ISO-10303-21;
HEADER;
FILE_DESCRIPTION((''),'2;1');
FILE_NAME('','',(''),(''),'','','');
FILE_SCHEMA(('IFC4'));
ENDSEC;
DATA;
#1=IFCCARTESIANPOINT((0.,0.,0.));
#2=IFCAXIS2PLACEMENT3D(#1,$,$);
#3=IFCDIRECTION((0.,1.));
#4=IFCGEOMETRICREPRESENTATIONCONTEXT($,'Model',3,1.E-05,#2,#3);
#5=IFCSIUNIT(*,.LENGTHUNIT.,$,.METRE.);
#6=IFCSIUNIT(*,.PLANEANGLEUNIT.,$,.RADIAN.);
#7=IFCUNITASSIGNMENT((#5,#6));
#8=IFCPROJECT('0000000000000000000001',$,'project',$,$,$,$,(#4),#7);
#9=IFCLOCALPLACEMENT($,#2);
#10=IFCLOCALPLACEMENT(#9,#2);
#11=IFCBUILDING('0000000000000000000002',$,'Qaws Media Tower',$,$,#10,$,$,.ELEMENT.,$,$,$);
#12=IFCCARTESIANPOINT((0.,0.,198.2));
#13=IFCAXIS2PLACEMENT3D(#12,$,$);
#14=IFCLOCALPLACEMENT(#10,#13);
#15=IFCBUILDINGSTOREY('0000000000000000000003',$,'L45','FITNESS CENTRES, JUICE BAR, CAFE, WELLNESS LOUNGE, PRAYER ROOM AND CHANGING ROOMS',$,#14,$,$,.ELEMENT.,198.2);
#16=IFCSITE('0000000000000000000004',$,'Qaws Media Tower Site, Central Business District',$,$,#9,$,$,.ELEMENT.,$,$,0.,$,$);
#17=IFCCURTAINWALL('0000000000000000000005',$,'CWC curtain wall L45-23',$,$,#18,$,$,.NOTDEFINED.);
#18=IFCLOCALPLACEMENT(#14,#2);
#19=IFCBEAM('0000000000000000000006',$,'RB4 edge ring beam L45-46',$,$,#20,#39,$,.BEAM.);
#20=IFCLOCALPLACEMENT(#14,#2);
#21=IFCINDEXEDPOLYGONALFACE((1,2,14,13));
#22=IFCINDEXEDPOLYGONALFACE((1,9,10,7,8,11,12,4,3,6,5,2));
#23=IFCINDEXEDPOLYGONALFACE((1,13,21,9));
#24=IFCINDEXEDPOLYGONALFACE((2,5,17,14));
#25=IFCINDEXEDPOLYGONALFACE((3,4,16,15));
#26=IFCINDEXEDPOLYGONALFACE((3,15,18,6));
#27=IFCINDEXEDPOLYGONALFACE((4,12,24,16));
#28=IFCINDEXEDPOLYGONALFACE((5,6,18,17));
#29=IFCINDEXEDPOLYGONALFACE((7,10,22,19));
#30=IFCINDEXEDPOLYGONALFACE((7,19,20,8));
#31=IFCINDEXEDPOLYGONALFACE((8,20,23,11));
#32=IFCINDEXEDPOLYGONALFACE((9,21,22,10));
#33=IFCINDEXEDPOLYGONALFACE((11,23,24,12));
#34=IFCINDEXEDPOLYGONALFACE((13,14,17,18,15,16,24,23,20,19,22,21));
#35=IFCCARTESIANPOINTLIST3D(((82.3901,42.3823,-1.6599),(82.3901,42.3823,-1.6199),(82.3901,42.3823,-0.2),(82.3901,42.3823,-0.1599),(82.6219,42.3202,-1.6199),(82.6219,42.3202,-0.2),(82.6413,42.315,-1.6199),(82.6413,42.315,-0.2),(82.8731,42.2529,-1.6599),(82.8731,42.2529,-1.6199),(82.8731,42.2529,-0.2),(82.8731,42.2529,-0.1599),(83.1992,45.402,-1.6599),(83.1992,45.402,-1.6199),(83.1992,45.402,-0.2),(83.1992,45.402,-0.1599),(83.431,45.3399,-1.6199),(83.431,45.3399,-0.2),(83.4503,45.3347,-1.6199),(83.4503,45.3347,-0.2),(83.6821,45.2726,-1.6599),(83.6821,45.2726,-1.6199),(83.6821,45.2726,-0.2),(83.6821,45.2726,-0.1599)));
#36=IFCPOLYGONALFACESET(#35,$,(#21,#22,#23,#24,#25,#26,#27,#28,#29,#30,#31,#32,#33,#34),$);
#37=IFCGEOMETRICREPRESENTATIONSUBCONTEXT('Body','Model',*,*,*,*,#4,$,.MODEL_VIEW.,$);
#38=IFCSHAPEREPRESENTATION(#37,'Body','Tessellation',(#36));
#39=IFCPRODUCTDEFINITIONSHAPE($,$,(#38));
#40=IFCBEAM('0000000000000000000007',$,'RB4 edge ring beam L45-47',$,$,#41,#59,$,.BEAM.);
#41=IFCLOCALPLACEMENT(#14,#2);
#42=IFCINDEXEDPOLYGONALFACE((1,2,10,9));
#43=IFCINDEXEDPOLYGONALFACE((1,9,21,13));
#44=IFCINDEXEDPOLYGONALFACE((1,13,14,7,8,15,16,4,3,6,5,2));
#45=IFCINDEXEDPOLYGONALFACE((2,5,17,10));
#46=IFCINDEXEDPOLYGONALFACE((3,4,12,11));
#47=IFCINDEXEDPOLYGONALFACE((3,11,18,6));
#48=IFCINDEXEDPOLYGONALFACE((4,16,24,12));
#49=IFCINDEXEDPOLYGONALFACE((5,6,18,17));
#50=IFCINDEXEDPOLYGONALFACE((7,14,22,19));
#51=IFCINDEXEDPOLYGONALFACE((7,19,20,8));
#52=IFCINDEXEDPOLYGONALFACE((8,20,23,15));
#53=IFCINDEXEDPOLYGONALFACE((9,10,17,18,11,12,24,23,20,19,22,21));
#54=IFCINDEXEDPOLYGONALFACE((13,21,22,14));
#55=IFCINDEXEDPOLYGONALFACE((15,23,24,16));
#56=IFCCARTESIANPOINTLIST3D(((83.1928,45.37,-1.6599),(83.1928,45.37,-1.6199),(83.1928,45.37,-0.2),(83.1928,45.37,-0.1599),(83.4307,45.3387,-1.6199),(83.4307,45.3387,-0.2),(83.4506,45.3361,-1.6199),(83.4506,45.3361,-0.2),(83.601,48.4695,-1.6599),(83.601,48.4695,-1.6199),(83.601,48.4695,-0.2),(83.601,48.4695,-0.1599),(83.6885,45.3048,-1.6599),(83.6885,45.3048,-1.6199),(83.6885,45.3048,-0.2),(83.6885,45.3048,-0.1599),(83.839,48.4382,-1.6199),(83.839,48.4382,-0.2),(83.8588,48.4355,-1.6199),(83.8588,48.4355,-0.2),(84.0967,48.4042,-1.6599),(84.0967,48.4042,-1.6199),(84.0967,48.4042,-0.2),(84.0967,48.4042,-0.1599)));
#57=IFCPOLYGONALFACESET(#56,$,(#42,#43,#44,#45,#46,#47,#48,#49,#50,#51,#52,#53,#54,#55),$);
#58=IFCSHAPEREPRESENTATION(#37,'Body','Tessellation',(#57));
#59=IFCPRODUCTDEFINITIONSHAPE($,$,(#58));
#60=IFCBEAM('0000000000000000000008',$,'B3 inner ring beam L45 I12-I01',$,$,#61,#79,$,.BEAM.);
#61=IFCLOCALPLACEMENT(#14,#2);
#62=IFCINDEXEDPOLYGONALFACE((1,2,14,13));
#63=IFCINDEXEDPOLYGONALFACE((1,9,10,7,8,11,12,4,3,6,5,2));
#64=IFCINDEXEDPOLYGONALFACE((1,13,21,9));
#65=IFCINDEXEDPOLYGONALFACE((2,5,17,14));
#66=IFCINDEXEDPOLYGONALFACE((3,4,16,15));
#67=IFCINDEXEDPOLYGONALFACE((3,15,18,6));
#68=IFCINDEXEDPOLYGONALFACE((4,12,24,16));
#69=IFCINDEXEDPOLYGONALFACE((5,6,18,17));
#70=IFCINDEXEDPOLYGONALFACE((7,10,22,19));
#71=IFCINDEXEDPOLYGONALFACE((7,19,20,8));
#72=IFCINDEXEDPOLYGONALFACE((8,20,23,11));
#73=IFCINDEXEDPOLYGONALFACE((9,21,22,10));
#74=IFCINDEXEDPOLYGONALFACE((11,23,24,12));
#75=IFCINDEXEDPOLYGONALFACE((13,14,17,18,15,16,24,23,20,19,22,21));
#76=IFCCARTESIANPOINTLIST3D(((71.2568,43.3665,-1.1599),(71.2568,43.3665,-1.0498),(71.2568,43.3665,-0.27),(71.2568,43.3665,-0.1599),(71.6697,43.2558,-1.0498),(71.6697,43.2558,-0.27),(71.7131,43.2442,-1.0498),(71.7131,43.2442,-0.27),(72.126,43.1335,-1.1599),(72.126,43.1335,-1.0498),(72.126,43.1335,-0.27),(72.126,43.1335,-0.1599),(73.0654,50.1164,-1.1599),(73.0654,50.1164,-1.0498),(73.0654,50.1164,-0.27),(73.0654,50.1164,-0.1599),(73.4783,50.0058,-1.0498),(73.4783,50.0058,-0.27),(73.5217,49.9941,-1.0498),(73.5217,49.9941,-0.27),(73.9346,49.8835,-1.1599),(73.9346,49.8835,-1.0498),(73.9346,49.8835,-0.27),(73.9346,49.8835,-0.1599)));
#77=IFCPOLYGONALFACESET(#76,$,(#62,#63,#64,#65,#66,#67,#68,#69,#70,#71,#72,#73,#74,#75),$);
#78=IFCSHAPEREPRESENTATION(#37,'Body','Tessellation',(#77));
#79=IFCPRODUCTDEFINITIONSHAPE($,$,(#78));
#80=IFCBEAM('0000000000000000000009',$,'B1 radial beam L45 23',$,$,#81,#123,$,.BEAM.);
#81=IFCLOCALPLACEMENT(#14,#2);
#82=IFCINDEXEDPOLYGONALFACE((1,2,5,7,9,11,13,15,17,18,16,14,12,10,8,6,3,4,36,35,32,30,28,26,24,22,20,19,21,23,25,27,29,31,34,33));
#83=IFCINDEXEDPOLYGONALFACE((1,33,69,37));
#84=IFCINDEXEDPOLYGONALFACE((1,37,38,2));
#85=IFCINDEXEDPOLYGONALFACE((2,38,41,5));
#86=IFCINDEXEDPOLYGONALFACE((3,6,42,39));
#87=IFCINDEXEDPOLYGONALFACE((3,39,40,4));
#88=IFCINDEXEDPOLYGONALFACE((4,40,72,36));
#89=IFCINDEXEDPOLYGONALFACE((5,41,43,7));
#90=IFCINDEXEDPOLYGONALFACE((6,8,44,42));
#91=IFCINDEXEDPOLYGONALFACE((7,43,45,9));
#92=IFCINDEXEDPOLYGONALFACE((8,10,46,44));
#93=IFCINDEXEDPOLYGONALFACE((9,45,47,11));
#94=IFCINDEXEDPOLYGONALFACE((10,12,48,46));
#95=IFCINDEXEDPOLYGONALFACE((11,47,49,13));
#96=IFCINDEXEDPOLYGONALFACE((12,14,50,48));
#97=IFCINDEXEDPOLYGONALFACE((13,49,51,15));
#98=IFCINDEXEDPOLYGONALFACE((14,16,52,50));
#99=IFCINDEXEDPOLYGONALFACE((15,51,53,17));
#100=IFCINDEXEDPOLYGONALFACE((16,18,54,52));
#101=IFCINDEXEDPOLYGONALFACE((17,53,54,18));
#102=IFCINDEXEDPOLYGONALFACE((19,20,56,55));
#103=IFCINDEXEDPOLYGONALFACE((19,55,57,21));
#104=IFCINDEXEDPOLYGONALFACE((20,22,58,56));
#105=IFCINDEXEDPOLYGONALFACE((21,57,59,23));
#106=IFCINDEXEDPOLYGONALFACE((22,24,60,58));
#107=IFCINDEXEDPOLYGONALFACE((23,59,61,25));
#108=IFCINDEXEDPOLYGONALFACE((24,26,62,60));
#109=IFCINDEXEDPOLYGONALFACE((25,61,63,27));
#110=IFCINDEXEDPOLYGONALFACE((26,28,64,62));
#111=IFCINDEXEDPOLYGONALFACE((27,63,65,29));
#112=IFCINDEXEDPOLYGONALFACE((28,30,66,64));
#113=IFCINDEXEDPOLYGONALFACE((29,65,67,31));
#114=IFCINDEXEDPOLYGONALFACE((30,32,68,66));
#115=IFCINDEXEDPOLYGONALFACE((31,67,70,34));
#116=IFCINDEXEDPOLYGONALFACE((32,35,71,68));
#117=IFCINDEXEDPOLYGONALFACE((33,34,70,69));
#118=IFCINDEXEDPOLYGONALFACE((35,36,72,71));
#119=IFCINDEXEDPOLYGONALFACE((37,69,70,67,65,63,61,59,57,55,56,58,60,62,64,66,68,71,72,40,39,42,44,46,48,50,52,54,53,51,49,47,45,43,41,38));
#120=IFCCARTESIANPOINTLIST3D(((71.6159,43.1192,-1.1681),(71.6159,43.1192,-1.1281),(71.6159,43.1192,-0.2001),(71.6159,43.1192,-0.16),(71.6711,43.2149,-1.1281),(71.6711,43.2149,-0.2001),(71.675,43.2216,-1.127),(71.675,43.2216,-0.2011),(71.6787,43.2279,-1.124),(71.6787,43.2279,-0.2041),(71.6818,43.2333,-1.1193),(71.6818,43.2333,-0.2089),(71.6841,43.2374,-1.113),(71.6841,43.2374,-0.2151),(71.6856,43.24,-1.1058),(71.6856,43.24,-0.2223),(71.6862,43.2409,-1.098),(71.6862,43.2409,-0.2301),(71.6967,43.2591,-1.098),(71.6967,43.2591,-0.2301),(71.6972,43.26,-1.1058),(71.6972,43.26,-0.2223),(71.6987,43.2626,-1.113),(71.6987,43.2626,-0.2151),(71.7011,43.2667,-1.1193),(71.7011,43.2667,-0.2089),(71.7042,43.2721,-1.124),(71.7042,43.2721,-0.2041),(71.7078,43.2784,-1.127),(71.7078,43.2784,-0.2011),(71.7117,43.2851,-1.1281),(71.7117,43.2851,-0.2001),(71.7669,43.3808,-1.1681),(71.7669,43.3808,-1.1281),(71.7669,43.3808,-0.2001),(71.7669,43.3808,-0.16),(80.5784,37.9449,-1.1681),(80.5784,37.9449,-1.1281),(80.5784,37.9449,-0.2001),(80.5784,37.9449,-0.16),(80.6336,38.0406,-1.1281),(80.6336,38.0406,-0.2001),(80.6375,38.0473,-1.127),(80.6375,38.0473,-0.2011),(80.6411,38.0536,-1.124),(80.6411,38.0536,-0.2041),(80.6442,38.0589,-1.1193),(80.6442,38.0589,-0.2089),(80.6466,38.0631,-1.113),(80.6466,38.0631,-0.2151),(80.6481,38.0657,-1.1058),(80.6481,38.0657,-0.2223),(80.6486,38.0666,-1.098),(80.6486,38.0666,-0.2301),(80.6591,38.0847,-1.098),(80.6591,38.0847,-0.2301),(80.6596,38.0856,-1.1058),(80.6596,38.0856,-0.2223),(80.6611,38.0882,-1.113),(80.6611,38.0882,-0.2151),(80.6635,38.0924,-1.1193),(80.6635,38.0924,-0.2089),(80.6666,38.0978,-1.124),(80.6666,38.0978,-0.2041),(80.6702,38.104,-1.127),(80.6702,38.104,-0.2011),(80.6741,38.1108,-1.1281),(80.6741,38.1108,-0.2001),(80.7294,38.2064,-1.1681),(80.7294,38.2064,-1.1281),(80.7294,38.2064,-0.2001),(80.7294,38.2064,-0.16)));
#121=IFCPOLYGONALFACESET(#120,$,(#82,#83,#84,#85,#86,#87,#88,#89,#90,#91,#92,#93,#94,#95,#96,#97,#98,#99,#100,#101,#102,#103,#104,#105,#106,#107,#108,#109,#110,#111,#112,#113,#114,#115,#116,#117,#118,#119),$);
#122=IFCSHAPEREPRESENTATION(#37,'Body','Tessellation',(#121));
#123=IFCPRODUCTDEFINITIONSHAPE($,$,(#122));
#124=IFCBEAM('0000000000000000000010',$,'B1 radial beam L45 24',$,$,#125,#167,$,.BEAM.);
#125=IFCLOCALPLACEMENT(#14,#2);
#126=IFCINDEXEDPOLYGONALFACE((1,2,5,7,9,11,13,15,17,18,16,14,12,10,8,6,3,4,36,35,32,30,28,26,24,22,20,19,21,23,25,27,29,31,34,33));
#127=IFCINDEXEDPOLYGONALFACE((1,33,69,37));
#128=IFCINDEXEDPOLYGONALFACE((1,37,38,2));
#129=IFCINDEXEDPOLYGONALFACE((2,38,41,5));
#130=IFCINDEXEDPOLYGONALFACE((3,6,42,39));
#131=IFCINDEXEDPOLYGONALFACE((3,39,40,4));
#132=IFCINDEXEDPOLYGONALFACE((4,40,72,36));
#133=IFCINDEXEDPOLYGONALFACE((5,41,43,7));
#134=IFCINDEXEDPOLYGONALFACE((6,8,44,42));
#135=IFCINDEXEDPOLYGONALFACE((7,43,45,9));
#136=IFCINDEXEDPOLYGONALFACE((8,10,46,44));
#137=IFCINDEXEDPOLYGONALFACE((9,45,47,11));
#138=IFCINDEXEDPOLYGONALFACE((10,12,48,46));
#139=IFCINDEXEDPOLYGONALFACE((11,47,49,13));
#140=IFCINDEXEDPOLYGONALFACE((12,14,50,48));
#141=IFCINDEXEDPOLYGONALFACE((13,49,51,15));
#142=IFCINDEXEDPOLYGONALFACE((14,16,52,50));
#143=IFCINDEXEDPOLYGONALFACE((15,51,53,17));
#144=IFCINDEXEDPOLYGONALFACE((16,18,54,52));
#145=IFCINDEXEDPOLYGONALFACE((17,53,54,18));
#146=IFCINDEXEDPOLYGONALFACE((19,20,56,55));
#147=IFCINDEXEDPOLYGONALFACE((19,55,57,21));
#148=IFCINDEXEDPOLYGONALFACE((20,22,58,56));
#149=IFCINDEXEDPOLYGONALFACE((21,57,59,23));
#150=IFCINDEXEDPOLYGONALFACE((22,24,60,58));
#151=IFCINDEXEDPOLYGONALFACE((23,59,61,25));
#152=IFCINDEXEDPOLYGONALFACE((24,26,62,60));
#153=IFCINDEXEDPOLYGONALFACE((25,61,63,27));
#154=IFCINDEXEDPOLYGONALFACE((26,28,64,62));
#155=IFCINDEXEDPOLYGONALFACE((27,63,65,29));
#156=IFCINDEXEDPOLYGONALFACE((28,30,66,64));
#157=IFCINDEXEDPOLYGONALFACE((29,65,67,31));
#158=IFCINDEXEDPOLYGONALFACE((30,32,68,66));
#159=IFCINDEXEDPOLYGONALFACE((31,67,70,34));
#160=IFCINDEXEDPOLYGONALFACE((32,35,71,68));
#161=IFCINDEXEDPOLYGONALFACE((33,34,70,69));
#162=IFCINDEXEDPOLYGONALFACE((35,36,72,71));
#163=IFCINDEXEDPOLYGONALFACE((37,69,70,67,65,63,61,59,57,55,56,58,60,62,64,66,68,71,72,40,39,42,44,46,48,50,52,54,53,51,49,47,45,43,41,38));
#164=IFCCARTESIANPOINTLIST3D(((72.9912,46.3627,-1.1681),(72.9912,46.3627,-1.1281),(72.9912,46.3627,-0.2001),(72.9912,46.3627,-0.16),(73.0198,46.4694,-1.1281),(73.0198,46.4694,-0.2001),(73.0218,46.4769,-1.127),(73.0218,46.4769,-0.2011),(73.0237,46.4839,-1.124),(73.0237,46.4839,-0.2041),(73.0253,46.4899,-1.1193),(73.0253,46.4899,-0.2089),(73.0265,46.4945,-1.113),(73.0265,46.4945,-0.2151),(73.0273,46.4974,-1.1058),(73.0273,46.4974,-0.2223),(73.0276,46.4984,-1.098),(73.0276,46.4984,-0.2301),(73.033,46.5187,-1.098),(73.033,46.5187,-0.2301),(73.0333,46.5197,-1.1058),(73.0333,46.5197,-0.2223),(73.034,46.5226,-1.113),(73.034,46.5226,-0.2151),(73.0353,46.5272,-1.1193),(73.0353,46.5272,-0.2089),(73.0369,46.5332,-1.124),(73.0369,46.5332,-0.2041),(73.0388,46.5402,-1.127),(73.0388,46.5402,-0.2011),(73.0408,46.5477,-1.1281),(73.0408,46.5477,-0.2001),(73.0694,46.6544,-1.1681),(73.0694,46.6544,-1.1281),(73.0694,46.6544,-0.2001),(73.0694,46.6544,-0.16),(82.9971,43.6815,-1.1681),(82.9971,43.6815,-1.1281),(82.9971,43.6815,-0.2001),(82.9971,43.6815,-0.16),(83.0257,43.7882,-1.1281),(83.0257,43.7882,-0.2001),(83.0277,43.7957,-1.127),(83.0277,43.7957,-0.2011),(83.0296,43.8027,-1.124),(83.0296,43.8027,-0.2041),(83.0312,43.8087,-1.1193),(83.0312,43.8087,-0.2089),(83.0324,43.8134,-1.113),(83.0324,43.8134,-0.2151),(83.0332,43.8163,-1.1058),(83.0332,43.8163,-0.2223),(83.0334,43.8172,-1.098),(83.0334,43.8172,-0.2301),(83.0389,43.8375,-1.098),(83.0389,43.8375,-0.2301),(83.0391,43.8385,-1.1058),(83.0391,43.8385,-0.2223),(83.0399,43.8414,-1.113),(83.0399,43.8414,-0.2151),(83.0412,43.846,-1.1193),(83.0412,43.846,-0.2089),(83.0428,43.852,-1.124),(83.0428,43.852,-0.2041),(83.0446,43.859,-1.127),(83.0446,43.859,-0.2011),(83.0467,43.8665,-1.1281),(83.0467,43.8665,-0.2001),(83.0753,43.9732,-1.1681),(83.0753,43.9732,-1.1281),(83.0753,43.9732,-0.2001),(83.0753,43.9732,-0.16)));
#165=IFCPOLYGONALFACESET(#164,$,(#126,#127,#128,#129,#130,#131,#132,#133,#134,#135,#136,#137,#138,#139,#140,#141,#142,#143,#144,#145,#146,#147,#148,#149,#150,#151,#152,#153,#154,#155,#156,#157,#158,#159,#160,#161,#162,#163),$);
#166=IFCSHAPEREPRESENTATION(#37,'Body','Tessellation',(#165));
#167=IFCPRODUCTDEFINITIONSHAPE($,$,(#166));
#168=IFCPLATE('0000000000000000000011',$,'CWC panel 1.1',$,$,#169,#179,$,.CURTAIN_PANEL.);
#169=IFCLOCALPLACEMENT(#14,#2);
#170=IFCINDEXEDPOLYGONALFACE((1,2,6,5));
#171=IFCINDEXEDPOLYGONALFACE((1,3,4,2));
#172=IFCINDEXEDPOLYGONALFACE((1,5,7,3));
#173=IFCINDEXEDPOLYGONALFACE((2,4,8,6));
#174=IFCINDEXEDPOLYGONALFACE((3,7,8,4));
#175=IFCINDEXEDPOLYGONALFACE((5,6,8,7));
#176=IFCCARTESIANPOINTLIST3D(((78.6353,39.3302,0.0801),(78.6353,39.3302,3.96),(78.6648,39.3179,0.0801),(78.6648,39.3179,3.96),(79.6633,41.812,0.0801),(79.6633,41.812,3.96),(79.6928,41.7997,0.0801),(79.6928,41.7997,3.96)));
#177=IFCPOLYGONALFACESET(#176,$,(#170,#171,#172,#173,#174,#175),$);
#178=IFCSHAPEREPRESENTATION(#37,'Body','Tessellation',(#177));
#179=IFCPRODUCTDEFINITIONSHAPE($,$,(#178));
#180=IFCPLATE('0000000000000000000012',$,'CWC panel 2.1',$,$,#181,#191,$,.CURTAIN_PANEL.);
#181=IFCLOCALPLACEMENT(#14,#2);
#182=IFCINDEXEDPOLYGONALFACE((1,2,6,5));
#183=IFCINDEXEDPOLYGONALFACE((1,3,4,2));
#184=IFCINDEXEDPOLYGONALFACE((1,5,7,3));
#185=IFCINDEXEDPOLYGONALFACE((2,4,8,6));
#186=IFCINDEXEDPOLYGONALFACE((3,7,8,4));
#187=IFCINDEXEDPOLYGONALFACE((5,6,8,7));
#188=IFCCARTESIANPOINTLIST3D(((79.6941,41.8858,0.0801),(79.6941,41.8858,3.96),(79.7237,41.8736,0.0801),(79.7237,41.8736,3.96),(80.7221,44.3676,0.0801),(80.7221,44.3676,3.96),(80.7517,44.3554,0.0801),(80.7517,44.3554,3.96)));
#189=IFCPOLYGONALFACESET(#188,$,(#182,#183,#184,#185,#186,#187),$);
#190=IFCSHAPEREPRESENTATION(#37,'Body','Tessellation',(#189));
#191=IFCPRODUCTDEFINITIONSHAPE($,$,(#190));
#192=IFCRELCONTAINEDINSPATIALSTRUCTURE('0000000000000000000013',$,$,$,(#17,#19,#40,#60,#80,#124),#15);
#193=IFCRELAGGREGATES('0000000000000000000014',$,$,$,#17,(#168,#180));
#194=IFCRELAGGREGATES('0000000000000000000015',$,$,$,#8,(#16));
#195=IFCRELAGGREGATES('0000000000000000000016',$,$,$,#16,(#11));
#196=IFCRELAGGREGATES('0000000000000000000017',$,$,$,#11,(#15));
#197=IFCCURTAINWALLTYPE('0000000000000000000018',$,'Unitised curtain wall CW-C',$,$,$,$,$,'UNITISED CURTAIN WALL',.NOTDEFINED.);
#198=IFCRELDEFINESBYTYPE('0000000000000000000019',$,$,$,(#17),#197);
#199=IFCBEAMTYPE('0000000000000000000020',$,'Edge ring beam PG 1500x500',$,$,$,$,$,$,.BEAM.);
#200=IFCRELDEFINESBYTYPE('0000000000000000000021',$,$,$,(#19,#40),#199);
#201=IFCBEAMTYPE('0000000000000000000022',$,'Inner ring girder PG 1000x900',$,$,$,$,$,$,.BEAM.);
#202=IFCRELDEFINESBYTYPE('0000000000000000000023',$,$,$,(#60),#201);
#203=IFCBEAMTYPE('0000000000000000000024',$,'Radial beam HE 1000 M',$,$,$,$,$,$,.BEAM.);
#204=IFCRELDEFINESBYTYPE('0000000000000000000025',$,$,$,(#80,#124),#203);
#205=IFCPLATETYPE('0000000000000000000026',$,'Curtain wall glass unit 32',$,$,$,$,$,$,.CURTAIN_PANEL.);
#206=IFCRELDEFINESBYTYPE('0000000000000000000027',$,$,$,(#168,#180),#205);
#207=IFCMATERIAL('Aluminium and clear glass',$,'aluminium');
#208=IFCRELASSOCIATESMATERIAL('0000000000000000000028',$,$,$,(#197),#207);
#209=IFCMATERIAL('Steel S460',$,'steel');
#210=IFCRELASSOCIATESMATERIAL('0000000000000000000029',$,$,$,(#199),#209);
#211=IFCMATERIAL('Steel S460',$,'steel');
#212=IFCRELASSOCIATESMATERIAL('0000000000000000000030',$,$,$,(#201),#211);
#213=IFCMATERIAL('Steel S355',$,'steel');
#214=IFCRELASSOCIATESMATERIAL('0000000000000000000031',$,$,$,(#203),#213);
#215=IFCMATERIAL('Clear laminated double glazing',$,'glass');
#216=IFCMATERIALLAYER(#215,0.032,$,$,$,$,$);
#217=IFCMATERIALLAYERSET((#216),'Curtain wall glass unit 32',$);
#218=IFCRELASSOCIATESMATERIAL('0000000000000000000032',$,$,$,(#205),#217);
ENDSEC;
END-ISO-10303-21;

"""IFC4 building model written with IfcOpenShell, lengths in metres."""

from ifc_helpers import new_model, si_unit, direction, frame, origin, origin_2d, place, context, subcontext, project, spatial, rectangle, i_section, extrude, material, layer, layer_set, material_profile, profile_set, type_object, element, aggregate, save


model = new_model("IFC4")

# Units and contexts
model_context = context("Model", 3, precision=1e-05, world=origin(), true_north=direction((0.0, 1.0)))
body_context = subcontext(model_context, "Body", "Model", "MODEL_VIEW")
ifc_project = project(units=[si_unit("LENGTHUNIT", "METRE"), si_unit("PLANEANGLEUNIT", "RADIAN")], contexts=[model_context])

# Site, building, storey
site_placement = place(None, origin())
site = spatial("IfcSite", under=ifc_project, at=site_placement, Name="Qaws Media Tower Site, Central Business District", CompositionType="ELEMENT", RefElevation=0.0)
building_placement = place(site_placement, origin())
building = spatial("IfcBuilding", under=site, at=building_placement, Name="Qaws Media Tower", CompositionType="ELEMENT")
storey_placement = place(building_placement, frame((0.0, 0.0, 198.2)))
storey = spatial("IfcBuildingStorey", under=building, at=storey_placement, Name="L45", Description="FITNESS CENTRES, JUICE BAR, CAFE, WELLNESS LOUNGE, PRAYER ROOM AND CHANGING ROOMS", CompositionType="ELEMENT", Elevation=198.2)

# Curtain wall
ifc_material_1 = material(Name="Aluminium and clear glass", Category="aluminium")
curtain_wall_type = type_object("IfcCurtainWallType", Name="Unitised curtain wall CW-C", ElementType="UNITISED CURTAIN WALL", PredefinedType="NOTDEFINED", material=ifc_material_1)
curtain_wall_1_placement = place(storey_placement, origin())
curtain_wall_1 = element("IfcCurtainWall", 1, at=curtain_wall_1_placement, inside=storey, type_object=curtain_wall_type, Name="CWC curtain wall L45-23", PredefinedType="NOTDEFINED")

# Beams
ifc_material_2 = material(Name="Steel S460", Category="steel")
ifc_material_profile_1 = material_profile(ifc_material_2, i_section(OverallWidth=0.5, OverallDepth=1.5, WebThickness=0.02, FlangeThickness=0.04, at=origin_2d()), Name="PG 1500x500")
ifc_profile_set_1 = profile_set([ifc_material_profile_1], Name="Steel S460")
beam_type_1 = type_object("IfcBeamType", Name="Edge ring beam PG 1500x500", PredefinedType="BEAM", material=ifc_profile_set_1)
for number, where, z_axis, x_axis, name in (
    (2, (82.6316, 42.3176, -0.9099), (0.2588, 0.965931, 0.0), (-0.965931, 0.2588, 0.0), "RB4 edge ring beam L45-46"),
    (3, (83.4407, 45.3374, -0.9099), (0.130578, 0.991438, 0.0), (-0.991438, 0.130578, 0.0), "RB4 edge ring beam L45-47"),
):
    element("IfcBeam", number, at=place(storey_placement, frame(where, z_axis=z_axis, x_axis=x_axis)), inside=storey, type_object=beam_type_1, Name=name, PredefinedType="BEAM", context=body_context, shape_type="SweptSolid", body=[
        extrude(i_section(OverallWidth=0.5, OverallDepth=1.5, WebThickness=0.02, FlangeThickness=0.04, at=origin_2d()), origin(), (0.0, 0.0, 1.0), 3.1262),
    ])
ifc_material_3 = material(Name="Steel S460", Category="steel")
ifc_material_profile_2 = material_profile(ifc_material_3, i_section(OverallWidth=0.8999, OverallDepth=1.0, WebThickness=0.0449, FlangeThickness=0.1101, at=origin_2d()), Name="PG 1000x900")
ifc_profile_set_2 = profile_set([ifc_material_profile_2], Name="Steel S460")
beam_type_2 = type_object("IfcBeamType", Name="Inner ring girder PG 1000x900", PredefinedType="BEAM", material=ifc_profile_set_2)
beam_1_placement = place(storey_placement, frame((71.6914, 43.25, -0.6599), z_axis=(0.258811, 0.965928, 0.0), x_axis=(-0.965928, 0.258811, 0.0)))
element("IfcBeam", 4, at=beam_1_placement, inside=storey, type_object=beam_type_2, Name="B3 inner ring beam L45 I12-I01", PredefinedType="BEAM", context=body_context, shape_type="SweptSolid", body=[
    extrude(i_section(OverallWidth=0.8999, OverallDepth=1.0, WebThickness=0.0449, FlangeThickness=0.1101, at=origin_2d()), origin(), (0.0, 0.0, 1.0), 6.988),
])
ifc_material_4 = material(Name="Steel S355", Category="steel")
ifc_material_profile_3 = material_profile(ifc_material_4, i_section(OverallWidth=0.302, OverallDepth=1.0081, WebThickness=0.021, FlangeThickness=0.04, FilletRadius=0.03, at=origin_2d()), Name="HE 1000 M")
ifc_profile_set_3 = profile_set([ifc_material_profile_3], Name="Steel S355")
beam_type_3 = type_object("IfcBeamType", Name="Radial beam HE 1000 M", PredefinedType="BEAM", material=ifc_profile_set_3)
beam_2_placement = place(storey_placement, frame((71.6914, 43.25, -0.6641), z_axis=(0.866031, -0.499991, 0.0), x_axis=(0.499991, 0.866031, 0.0)))
element("IfcBeam", 5, at=beam_2_placement, inside=storey, type_object=beam_type_3, Name="B1 radial beam L45 23", PredefinedType="BEAM", context=body_context, shape_type="SweptSolid", body=[
    extrude(i_section(OverallWidth=0.302, OverallDepth=1.0081, WebThickness=0.021, FlangeThickness=0.04, FilletRadius=0.03, at=origin_2d()), origin(), (0.0, 0.0, 1.0), 10.3489),
])
beam_3_placement = place(storey_placement, frame((73.0303, 46.5085, -0.6641), z_axis=(0.965924, -0.258827, 0.0), x_axis=(0.258827, 0.965924, 0.0)))
element("IfcBeam", 6, at=beam_3_placement, inside=storey, type_object=beam_type_3, Name="B1 radial beam L45 24", PredefinedType="BEAM", context=body_context, shape_type="SweptSolid", body=[
    extrude(i_section(OverallWidth=0.302, OverallDepth=1.0081, WebThickness=0.021, FlangeThickness=0.04, FilletRadius=0.03, at=origin_2d()), origin(), (0.0, 0.0, 1.0), 10.3589),
])

# Plates
ifc_material_5 = material(Name="Clear laminated double glazing", Category="glass")
ifc_layer_1 = layer(ifc_material_5, 0.032)
ifc_layer_set_1 = layer_set([ifc_layer_1], Name="Curtain wall glass unit 32")
plate_type_1 = type_object("IfcPlateType", Name="Curtain wall glass unit 32", PredefinedType="CURTAIN_PANEL", material=ifc_layer_set_1)
plate_1_placement = place(storey_placement, frame((79.1641, 40.5649, 0.0801), z_axis=(0.0, 0.0, 1.0), x_axis=(0.382683, 0.92388, 0.0)))
plate_1 = element("IfcPlate", 7, at=plate_1_placement, type_object=plate_type_1, Name="CWC panel 1.1", PredefinedType="CURTAIN_PANEL", context=body_context, shape_type="SweptSolid", body=[
    extrude(rectangle(XDim=2.6863, YDim=0.032, at=origin_2d()), origin(), (0.0, 0.0, 1.0), 3.8799),
])
plate_2_placement = place(storey_placement, frame((80.2229, 43.1206, 0.0801), z_axis=(0.0, 0.0, 1.0), x_axis=(0.382683, 0.92388, 0.0)))
plate_2 = element("IfcPlate", 8, at=plate_2_placement, type_object=plate_type_1, Name="CWC panel 2.1", PredefinedType="CURTAIN_PANEL", context=body_context, shape_type="SweptSolid", body=[
    extrude(rectangle(XDim=2.6863, YDim=0.032, at=origin_2d()), origin(), (0.0, 0.0, 1.0), 3.8799),
])
aggregate(curtain_wall_1, [plate_1, plate_2])

save(model, "model.ifc")
